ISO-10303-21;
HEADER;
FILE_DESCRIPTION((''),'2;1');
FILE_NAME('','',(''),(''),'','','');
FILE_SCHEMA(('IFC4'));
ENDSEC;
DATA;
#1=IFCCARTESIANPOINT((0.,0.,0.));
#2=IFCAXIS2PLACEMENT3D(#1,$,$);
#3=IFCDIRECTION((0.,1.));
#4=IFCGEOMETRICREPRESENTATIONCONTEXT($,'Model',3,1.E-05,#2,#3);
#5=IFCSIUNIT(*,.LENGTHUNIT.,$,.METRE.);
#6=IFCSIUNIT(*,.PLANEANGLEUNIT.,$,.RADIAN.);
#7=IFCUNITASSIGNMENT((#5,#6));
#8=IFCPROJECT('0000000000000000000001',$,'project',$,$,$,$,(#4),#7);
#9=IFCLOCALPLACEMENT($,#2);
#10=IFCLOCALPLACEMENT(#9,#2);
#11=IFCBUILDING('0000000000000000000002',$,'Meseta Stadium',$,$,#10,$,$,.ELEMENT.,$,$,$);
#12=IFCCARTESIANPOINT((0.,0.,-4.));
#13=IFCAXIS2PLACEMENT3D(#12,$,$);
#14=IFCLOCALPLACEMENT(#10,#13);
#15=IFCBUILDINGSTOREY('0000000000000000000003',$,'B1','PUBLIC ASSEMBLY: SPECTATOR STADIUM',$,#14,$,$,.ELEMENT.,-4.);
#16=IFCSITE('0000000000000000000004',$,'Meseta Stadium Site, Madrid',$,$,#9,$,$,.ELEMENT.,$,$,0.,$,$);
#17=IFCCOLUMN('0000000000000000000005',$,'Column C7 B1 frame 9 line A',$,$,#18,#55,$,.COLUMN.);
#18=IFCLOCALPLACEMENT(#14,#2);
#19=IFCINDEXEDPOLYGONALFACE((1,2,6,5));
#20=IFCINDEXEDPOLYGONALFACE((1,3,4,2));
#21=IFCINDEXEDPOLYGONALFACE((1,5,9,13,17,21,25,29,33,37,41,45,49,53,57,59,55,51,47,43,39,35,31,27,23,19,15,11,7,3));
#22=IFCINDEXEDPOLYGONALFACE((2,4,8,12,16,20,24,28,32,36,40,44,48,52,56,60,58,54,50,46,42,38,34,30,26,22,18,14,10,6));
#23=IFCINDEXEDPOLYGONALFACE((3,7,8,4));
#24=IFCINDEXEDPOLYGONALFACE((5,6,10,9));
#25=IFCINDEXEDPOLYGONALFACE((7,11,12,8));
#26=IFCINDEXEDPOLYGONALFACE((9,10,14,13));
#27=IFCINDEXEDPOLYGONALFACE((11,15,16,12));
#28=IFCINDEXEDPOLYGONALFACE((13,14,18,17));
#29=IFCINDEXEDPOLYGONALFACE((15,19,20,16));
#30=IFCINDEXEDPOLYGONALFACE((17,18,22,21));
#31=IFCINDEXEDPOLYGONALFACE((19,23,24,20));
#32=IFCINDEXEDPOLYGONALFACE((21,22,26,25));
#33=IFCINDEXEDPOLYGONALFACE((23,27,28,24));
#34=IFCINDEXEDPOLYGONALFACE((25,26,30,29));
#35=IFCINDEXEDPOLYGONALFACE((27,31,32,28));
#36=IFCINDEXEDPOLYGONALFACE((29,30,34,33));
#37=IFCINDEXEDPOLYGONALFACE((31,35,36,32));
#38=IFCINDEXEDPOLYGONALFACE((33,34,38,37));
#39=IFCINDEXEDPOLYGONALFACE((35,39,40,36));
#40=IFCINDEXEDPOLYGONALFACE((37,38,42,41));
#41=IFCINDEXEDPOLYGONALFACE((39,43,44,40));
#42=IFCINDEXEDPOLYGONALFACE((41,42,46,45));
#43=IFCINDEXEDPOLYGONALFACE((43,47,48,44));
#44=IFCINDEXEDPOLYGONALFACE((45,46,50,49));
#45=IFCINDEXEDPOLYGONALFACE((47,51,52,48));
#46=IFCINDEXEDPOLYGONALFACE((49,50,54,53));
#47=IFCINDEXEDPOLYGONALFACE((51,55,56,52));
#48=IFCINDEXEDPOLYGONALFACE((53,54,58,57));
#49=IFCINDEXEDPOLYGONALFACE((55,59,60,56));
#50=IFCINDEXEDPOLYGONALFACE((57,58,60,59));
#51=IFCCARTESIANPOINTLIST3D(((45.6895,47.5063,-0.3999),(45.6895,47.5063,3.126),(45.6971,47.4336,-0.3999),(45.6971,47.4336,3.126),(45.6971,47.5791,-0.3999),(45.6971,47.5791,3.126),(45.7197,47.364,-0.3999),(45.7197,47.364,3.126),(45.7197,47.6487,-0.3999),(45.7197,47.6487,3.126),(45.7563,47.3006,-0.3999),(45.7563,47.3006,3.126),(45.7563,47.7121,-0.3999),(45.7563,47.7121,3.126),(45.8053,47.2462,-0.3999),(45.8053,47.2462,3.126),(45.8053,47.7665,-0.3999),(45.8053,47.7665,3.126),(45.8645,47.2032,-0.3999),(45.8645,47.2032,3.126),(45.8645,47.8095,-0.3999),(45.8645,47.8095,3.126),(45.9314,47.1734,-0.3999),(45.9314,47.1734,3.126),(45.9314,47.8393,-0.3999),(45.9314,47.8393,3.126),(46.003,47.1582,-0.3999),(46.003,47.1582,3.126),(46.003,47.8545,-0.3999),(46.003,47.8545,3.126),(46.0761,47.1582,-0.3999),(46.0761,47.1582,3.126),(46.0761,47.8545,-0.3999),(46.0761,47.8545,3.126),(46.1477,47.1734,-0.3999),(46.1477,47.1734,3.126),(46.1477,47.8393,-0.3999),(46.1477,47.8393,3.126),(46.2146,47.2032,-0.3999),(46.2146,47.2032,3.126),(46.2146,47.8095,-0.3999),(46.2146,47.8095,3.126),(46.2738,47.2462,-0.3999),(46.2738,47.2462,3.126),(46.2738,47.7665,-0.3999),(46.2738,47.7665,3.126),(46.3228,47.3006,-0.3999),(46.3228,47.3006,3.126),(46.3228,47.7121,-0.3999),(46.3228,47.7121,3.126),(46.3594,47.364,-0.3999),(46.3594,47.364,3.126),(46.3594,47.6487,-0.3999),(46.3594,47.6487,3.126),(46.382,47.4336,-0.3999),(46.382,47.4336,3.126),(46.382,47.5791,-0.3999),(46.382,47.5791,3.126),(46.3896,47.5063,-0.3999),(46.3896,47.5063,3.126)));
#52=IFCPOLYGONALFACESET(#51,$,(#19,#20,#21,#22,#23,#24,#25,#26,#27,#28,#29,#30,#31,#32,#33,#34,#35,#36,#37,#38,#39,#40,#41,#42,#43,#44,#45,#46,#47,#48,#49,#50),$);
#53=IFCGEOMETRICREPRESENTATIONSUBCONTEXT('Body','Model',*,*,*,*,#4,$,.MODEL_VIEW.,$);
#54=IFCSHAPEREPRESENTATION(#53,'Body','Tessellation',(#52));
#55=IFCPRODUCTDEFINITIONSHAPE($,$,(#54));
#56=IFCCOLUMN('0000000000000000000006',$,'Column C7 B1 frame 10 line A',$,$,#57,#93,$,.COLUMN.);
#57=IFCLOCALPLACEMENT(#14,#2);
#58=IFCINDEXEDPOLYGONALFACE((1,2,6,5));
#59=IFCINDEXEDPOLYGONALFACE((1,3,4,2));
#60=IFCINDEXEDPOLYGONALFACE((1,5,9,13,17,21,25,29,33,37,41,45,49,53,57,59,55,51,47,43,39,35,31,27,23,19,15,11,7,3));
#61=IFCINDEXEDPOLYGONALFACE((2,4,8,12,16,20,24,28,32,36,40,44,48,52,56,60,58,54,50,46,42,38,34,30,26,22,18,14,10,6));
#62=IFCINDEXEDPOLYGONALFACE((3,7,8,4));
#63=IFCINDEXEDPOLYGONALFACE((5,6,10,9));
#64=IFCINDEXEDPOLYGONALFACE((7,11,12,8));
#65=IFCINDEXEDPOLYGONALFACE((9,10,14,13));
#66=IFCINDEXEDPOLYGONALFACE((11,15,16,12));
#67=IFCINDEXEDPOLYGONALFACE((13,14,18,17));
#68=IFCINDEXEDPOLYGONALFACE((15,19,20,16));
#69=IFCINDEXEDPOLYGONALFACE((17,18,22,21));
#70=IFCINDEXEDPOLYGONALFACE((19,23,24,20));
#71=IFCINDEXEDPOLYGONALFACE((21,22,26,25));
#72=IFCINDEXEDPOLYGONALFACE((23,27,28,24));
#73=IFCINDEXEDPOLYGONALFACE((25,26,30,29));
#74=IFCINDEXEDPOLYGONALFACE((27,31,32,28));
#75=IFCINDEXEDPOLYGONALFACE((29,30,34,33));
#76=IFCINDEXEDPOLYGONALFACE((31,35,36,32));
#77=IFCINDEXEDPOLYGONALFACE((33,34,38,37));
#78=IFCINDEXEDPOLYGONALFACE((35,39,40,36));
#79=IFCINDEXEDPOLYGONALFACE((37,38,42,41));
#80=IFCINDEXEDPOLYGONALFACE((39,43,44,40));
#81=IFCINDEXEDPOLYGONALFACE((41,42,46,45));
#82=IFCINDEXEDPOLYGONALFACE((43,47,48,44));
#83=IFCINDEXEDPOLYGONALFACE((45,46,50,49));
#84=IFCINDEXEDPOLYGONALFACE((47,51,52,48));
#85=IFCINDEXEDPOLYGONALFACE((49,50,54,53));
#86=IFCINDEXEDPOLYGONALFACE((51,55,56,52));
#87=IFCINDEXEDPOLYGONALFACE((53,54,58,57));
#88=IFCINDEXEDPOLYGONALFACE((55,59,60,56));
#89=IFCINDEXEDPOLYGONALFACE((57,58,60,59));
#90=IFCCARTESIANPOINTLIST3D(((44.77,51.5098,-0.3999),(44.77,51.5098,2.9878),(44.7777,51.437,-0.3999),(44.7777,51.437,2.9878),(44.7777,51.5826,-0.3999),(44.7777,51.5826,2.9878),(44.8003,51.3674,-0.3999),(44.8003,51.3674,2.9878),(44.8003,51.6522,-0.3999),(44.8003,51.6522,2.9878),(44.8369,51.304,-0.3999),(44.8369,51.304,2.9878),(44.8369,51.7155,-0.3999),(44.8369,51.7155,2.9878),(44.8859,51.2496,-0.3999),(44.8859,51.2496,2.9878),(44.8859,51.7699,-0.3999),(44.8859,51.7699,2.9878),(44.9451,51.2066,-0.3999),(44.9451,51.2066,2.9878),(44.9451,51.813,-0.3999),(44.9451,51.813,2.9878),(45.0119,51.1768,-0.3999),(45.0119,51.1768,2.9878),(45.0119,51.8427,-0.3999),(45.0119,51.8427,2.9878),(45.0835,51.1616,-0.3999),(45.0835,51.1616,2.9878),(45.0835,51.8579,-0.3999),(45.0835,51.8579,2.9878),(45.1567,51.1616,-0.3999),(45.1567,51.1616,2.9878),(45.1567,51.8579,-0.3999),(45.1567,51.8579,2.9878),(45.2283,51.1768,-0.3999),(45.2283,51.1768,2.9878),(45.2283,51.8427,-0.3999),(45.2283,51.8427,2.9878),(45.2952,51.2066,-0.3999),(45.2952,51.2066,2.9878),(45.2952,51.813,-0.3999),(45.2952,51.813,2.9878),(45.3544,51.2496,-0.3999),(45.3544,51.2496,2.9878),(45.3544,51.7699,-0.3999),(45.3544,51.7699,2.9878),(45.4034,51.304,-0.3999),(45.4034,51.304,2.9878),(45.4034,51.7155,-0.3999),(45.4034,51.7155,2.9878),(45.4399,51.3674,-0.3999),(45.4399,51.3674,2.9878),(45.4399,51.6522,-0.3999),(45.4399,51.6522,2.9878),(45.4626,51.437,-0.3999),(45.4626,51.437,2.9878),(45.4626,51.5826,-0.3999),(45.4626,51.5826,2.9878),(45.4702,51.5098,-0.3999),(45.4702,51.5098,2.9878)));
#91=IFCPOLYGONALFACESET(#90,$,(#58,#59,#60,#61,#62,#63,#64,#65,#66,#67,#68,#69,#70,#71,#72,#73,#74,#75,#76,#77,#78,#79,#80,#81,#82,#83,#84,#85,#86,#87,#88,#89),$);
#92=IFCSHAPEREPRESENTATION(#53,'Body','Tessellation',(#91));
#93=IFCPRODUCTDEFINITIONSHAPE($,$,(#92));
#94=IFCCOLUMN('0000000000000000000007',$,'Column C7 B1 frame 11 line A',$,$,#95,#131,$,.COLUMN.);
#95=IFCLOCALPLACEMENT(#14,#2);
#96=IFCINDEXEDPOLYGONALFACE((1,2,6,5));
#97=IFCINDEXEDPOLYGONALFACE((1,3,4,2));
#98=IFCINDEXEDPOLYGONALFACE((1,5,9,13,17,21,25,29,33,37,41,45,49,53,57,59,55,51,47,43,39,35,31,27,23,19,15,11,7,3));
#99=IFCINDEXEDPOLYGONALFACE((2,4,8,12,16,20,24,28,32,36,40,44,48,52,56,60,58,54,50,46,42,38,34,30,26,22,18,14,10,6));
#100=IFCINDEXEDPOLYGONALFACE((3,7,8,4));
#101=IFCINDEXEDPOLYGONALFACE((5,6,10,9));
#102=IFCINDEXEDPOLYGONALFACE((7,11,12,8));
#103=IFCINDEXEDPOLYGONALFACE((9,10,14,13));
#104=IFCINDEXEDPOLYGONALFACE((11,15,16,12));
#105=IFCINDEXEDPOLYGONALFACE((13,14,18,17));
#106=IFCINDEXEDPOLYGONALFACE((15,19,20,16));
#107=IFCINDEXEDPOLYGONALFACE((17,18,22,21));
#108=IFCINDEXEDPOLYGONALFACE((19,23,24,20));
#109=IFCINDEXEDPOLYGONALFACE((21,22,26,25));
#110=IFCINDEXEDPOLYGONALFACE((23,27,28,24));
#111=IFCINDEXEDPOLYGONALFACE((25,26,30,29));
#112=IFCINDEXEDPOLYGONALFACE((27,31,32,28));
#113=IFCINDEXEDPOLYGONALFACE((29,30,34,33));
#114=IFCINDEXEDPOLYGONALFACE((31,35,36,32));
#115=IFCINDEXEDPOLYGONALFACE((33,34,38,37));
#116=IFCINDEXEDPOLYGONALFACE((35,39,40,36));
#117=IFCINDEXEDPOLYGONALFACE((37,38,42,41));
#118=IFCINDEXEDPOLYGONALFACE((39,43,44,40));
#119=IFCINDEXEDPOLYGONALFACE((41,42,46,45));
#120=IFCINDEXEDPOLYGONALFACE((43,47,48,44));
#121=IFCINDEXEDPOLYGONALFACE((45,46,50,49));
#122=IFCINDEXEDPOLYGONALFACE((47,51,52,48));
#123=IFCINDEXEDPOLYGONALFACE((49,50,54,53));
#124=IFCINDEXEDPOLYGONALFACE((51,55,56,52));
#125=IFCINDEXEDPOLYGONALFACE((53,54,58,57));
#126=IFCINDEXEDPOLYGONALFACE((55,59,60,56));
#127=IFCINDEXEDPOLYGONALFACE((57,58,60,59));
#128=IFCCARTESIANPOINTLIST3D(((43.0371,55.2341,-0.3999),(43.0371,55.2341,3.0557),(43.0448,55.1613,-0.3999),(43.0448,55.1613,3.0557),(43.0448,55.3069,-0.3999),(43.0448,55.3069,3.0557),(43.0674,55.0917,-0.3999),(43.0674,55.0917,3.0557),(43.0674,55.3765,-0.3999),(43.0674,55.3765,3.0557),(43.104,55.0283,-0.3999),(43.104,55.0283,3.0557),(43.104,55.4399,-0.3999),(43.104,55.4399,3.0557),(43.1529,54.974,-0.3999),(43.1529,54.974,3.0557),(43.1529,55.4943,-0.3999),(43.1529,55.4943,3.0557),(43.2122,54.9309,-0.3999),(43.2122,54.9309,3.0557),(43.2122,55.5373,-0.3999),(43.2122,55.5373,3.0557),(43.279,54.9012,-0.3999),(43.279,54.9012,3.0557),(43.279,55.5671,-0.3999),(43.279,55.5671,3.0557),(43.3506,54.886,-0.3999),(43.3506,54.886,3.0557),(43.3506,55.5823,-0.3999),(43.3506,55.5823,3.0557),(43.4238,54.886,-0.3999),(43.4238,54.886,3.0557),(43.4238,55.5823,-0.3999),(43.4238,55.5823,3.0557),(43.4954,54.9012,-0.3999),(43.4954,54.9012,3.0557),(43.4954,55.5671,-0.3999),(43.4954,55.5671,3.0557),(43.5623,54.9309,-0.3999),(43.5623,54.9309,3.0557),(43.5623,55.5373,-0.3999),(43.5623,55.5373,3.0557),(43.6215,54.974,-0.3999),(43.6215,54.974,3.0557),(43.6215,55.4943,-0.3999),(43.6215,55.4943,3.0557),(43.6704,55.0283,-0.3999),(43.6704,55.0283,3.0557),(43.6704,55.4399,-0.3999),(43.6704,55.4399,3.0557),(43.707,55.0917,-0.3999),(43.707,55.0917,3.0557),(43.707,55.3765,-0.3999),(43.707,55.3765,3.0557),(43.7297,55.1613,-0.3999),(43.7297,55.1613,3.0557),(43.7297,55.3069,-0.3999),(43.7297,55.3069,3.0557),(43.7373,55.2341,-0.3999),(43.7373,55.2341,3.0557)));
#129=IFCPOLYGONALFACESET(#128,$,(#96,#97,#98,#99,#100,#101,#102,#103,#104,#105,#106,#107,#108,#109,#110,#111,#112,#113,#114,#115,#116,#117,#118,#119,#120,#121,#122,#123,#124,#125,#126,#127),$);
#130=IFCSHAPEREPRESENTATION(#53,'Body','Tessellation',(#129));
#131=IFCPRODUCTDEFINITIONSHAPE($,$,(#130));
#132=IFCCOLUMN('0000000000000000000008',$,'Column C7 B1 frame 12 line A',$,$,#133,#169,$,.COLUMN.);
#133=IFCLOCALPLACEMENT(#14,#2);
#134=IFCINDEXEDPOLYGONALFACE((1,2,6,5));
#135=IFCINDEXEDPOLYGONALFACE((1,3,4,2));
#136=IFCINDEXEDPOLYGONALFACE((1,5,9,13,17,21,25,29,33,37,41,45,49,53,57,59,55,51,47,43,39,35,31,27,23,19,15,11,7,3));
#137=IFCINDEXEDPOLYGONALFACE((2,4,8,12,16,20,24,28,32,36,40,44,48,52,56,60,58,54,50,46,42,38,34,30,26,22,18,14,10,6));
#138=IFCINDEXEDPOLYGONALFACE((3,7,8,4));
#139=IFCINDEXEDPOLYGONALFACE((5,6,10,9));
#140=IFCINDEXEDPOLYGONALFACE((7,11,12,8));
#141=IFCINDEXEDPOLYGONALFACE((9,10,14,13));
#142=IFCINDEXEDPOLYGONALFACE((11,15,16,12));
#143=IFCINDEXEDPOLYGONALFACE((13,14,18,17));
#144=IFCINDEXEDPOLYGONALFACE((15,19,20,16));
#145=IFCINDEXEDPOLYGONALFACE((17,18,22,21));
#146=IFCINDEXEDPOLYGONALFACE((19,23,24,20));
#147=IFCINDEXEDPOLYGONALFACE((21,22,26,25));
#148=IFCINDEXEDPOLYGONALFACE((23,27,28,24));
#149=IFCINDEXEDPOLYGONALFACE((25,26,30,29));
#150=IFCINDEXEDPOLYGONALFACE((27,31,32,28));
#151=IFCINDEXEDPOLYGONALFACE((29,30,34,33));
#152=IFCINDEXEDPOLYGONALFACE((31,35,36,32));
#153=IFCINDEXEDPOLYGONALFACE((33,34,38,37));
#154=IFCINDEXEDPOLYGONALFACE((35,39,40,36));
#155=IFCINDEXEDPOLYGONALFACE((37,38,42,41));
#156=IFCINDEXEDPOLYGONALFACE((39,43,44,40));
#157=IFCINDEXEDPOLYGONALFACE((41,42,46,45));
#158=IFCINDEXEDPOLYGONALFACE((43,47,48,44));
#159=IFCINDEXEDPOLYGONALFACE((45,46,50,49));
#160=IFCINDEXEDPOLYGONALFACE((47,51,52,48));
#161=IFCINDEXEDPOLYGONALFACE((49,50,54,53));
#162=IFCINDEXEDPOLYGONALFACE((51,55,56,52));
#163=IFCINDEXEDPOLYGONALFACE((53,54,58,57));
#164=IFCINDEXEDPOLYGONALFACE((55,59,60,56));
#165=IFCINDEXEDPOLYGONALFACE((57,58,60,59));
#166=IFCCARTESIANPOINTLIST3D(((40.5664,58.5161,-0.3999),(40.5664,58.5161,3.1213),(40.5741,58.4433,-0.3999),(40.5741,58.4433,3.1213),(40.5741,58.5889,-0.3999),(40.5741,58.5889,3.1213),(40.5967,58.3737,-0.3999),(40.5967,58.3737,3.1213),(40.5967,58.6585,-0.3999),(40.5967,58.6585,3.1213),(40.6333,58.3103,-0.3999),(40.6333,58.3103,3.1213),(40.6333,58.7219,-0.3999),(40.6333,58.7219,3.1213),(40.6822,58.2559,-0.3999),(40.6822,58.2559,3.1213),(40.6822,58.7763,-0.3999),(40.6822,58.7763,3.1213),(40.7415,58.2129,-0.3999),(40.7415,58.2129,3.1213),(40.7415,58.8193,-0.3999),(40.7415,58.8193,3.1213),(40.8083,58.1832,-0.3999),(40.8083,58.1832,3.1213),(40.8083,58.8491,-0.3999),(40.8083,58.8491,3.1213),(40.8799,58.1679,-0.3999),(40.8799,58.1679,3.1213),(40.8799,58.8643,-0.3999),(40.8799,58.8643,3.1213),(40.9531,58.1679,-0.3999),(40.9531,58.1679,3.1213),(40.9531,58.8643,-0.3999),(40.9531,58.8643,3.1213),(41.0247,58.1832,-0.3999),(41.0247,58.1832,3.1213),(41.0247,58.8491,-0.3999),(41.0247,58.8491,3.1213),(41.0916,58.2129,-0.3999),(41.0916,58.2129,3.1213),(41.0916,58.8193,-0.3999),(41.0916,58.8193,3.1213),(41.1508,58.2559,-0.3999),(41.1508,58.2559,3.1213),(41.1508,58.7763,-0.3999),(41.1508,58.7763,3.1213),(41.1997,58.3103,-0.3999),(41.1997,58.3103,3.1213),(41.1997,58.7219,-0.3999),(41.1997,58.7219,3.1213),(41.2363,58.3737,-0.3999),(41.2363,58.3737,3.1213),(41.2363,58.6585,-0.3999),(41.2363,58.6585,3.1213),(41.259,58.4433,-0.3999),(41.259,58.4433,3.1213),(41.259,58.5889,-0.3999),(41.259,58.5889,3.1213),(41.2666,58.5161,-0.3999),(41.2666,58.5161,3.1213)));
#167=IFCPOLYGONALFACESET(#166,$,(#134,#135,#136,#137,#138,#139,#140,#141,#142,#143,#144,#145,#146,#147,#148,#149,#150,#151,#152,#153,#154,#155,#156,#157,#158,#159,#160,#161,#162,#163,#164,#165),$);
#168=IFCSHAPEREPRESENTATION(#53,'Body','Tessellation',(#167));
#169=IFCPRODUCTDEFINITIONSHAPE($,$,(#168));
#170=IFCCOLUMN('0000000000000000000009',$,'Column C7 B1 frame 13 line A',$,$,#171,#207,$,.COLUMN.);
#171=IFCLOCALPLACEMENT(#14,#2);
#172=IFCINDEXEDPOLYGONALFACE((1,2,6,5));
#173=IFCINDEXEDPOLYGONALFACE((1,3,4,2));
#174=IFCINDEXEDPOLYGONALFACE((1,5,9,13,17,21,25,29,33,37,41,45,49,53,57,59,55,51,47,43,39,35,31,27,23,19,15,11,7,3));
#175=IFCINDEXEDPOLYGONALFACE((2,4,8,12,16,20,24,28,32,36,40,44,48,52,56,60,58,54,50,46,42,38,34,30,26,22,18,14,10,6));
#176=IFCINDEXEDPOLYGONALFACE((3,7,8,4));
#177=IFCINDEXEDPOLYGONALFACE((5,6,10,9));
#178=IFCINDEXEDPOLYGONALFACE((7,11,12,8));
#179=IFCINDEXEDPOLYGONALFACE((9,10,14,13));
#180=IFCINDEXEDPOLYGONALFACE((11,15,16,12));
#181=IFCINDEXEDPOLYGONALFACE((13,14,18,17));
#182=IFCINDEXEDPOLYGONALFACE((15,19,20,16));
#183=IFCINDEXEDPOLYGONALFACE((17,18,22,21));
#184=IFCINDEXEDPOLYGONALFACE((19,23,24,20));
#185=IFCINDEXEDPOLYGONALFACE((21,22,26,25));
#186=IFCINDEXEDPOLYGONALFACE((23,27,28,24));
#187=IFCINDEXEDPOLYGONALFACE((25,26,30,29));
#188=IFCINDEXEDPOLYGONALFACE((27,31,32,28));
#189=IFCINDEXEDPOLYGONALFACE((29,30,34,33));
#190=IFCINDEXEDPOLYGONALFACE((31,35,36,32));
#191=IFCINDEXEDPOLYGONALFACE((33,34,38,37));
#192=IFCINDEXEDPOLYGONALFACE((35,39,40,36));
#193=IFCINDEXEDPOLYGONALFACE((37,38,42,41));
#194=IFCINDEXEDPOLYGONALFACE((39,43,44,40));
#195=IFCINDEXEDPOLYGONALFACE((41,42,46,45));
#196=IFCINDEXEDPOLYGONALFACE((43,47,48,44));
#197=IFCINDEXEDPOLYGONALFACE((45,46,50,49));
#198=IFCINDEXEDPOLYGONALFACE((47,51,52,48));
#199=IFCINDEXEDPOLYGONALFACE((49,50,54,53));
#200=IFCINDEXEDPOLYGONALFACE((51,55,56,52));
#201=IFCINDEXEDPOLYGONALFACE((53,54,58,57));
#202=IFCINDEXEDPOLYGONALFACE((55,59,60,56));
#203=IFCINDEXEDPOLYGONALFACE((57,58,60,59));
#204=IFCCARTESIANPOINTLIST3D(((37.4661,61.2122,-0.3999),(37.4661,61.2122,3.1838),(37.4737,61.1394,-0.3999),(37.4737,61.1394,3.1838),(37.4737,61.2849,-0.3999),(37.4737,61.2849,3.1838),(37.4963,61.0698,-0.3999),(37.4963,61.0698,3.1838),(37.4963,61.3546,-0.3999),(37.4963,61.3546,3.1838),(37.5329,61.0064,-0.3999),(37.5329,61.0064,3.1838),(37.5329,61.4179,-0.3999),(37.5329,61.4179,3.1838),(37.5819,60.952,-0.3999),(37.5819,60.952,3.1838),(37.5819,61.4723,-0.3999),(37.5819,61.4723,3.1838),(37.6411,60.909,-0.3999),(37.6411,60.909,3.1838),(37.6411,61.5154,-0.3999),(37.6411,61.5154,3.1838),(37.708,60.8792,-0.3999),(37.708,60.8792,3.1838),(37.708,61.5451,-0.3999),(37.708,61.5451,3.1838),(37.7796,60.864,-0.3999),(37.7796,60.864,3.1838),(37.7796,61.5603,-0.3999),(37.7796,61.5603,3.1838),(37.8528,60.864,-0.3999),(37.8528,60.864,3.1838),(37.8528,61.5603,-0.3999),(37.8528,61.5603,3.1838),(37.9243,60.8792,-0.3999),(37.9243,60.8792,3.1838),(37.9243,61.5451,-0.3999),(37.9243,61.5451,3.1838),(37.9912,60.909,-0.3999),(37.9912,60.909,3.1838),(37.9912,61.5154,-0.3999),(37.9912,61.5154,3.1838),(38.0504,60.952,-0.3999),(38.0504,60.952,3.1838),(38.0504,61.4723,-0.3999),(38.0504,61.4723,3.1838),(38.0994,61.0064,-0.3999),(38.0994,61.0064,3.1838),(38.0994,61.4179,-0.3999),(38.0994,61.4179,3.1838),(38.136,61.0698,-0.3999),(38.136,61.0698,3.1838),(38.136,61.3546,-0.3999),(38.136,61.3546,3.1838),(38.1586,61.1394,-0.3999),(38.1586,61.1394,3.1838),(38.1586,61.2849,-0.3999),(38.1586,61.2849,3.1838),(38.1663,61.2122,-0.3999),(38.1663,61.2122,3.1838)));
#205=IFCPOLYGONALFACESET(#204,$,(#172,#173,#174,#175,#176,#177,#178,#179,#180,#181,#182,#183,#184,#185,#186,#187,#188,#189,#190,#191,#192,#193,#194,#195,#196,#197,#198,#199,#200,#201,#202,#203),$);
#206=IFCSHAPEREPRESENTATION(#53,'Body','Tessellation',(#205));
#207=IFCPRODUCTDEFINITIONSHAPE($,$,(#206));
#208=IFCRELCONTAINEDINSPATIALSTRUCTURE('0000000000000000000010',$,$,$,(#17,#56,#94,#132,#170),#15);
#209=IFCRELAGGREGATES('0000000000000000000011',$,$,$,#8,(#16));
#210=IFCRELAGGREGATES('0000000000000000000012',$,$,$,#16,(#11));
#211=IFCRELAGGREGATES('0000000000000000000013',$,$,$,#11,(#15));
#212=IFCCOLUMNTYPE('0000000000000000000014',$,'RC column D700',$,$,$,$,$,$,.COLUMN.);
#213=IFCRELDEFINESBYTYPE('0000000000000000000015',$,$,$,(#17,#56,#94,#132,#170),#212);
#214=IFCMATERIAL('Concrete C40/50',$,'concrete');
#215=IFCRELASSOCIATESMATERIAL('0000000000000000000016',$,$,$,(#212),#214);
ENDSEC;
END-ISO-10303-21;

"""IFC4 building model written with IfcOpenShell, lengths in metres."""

from ifc_helpers import new_model, si_unit, direction, frame, origin, origin_2d, place, context, subcontext, project, spatial, circle, extrude, material, material_profile, profile_set, type_object, element, save


model = new_model("IFC4")

# Units and contexts
model_context = context("Model", 3, precision=1e-05, world=origin(), true_north=direction((0.0, 1.0)))
body_context = subcontext(model_context, "Body", "Model", "MODEL_VIEW")
ifc_project = project(units=[si_unit("LENGTHUNIT", "METRE"), si_unit("PLANEANGLEUNIT", "RADIAN")], contexts=[model_context])

# Site, building, storey
site_placement = place(None, origin())
site = spatial("IfcSite", under=ifc_project, at=site_placement, Name="Meseta Stadium Site, Madrid", CompositionType="ELEMENT", RefElevation=0.0)
building_placement = place(site_placement, origin())
building = spatial("IfcBuilding", under=site, at=building_placement, Name="Meseta Stadium", CompositionType="ELEMENT")
storey_placement = place(building_placement, frame((0.0, 0.0, -4.0)))
storey = spatial("IfcBuildingStorey", under=building, at=storey_placement, Name="B1", Description="PUBLIC ASSEMBLY: SPECTATOR STADIUM", CompositionType="ELEMENT", Elevation=-4.0)

# Columns
ifc_material_1 = material(Name="Concrete C40/50", Category="concrete")
ifc_material_profile_1 = material_profile(ifc_material_1, circle(Radius=0.3501, at=origin_2d()), Name="RC D700")
ifc_profile_set_1 = profile_set([ifc_material_profile_1], Name="Concrete C40/50")
column_type_1 = type_object("IfcColumnType", Name="RC column D700", PredefinedType="COLUMN", material=ifc_profile_set_1)
column_1_placement = place(storey_placement, frame((46.0396, 47.5063, -0.3999), z_axis=(0.0, 0.0, 1.0), x_axis=(1.0, 0.0, 0.0)))
element("IfcColumn", 1, at=column_1_placement, inside=storey, type_object=column_type_1, Name="Column C7 B1 frame 9 line A", PredefinedType="COLUMN", context=body_context, shape_type="SweptSolid", body=[
    extrude(circle(Radius=0.3501, at=origin_2d()), origin(), (0.0, 0.0, 1.0), 3.5259),
])
column_2_placement = place(storey_placement, frame((45.1201, 51.5098, -0.3999), z_axis=(0.0, 0.0, 1.0), x_axis=(1.0, 0.0, 0.0)))
element("IfcColumn", 2, at=column_2_placement, inside=storey, type_object=column_type_1, Name="Column C7 B1 frame 10 line A", PredefinedType="COLUMN", context=body_context, shape_type="SweptSolid", body=[
    extrude(circle(Radius=0.3501, at=origin_2d()), origin(), (0.0, 0.0, 1.0), 3.3877),
])
column_3_placement = place(storey_placement, frame((43.3872, 55.2341, -0.3999), z_axis=(0.0, 0.0, 1.0), x_axis=(1.0, 0.0, 0.0)))
element("IfcColumn", 3, at=column_3_placement, inside=storey, type_object=column_type_1, Name="Column C7 B1 frame 11 line A", PredefinedType="COLUMN", context=body_context, shape_type="SweptSolid", body=[
    extrude(circle(Radius=0.3501, at=origin_2d()), origin(), (0.0, 0.0, 1.0), 3.4556),
])
column_4_placement = place(storey_placement, frame((40.9165, 58.5161, -0.3999), z_axis=(0.0, 0.0, 1.0), x_axis=(1.0, 0.0, 0.0)))
element("IfcColumn", 4, at=column_4_placement, inside=storey, type_object=column_type_1, Name="Column C7 B1 frame 12 line A", PredefinedType="COLUMN", context=body_context, shape_type="SweptSolid", body=[
    extrude(circle(Radius=0.3501, at=origin_2d()), origin(), (0.0, 0.0, 1.0), 3.5212),
])
column_5_placement = place(storey_placement, frame((37.8162, 61.2122, -0.3999), z_axis=(0.0, 0.0, 1.0), x_axis=(1.0, 0.0, 0.0)))
element("IfcColumn", 5, at=column_5_placement, inside=storey, type_object=column_type_1, Name="Column C7 B1 frame 13 line A", PredefinedType="COLUMN", context=body_context, shape_type="SweptSolid", body=[
    extrude(circle(Radius=0.3501, at=origin_2d()), origin(), (0.0, 0.0, 1.0), 3.5837),
])

save(model, "model.ifc")
